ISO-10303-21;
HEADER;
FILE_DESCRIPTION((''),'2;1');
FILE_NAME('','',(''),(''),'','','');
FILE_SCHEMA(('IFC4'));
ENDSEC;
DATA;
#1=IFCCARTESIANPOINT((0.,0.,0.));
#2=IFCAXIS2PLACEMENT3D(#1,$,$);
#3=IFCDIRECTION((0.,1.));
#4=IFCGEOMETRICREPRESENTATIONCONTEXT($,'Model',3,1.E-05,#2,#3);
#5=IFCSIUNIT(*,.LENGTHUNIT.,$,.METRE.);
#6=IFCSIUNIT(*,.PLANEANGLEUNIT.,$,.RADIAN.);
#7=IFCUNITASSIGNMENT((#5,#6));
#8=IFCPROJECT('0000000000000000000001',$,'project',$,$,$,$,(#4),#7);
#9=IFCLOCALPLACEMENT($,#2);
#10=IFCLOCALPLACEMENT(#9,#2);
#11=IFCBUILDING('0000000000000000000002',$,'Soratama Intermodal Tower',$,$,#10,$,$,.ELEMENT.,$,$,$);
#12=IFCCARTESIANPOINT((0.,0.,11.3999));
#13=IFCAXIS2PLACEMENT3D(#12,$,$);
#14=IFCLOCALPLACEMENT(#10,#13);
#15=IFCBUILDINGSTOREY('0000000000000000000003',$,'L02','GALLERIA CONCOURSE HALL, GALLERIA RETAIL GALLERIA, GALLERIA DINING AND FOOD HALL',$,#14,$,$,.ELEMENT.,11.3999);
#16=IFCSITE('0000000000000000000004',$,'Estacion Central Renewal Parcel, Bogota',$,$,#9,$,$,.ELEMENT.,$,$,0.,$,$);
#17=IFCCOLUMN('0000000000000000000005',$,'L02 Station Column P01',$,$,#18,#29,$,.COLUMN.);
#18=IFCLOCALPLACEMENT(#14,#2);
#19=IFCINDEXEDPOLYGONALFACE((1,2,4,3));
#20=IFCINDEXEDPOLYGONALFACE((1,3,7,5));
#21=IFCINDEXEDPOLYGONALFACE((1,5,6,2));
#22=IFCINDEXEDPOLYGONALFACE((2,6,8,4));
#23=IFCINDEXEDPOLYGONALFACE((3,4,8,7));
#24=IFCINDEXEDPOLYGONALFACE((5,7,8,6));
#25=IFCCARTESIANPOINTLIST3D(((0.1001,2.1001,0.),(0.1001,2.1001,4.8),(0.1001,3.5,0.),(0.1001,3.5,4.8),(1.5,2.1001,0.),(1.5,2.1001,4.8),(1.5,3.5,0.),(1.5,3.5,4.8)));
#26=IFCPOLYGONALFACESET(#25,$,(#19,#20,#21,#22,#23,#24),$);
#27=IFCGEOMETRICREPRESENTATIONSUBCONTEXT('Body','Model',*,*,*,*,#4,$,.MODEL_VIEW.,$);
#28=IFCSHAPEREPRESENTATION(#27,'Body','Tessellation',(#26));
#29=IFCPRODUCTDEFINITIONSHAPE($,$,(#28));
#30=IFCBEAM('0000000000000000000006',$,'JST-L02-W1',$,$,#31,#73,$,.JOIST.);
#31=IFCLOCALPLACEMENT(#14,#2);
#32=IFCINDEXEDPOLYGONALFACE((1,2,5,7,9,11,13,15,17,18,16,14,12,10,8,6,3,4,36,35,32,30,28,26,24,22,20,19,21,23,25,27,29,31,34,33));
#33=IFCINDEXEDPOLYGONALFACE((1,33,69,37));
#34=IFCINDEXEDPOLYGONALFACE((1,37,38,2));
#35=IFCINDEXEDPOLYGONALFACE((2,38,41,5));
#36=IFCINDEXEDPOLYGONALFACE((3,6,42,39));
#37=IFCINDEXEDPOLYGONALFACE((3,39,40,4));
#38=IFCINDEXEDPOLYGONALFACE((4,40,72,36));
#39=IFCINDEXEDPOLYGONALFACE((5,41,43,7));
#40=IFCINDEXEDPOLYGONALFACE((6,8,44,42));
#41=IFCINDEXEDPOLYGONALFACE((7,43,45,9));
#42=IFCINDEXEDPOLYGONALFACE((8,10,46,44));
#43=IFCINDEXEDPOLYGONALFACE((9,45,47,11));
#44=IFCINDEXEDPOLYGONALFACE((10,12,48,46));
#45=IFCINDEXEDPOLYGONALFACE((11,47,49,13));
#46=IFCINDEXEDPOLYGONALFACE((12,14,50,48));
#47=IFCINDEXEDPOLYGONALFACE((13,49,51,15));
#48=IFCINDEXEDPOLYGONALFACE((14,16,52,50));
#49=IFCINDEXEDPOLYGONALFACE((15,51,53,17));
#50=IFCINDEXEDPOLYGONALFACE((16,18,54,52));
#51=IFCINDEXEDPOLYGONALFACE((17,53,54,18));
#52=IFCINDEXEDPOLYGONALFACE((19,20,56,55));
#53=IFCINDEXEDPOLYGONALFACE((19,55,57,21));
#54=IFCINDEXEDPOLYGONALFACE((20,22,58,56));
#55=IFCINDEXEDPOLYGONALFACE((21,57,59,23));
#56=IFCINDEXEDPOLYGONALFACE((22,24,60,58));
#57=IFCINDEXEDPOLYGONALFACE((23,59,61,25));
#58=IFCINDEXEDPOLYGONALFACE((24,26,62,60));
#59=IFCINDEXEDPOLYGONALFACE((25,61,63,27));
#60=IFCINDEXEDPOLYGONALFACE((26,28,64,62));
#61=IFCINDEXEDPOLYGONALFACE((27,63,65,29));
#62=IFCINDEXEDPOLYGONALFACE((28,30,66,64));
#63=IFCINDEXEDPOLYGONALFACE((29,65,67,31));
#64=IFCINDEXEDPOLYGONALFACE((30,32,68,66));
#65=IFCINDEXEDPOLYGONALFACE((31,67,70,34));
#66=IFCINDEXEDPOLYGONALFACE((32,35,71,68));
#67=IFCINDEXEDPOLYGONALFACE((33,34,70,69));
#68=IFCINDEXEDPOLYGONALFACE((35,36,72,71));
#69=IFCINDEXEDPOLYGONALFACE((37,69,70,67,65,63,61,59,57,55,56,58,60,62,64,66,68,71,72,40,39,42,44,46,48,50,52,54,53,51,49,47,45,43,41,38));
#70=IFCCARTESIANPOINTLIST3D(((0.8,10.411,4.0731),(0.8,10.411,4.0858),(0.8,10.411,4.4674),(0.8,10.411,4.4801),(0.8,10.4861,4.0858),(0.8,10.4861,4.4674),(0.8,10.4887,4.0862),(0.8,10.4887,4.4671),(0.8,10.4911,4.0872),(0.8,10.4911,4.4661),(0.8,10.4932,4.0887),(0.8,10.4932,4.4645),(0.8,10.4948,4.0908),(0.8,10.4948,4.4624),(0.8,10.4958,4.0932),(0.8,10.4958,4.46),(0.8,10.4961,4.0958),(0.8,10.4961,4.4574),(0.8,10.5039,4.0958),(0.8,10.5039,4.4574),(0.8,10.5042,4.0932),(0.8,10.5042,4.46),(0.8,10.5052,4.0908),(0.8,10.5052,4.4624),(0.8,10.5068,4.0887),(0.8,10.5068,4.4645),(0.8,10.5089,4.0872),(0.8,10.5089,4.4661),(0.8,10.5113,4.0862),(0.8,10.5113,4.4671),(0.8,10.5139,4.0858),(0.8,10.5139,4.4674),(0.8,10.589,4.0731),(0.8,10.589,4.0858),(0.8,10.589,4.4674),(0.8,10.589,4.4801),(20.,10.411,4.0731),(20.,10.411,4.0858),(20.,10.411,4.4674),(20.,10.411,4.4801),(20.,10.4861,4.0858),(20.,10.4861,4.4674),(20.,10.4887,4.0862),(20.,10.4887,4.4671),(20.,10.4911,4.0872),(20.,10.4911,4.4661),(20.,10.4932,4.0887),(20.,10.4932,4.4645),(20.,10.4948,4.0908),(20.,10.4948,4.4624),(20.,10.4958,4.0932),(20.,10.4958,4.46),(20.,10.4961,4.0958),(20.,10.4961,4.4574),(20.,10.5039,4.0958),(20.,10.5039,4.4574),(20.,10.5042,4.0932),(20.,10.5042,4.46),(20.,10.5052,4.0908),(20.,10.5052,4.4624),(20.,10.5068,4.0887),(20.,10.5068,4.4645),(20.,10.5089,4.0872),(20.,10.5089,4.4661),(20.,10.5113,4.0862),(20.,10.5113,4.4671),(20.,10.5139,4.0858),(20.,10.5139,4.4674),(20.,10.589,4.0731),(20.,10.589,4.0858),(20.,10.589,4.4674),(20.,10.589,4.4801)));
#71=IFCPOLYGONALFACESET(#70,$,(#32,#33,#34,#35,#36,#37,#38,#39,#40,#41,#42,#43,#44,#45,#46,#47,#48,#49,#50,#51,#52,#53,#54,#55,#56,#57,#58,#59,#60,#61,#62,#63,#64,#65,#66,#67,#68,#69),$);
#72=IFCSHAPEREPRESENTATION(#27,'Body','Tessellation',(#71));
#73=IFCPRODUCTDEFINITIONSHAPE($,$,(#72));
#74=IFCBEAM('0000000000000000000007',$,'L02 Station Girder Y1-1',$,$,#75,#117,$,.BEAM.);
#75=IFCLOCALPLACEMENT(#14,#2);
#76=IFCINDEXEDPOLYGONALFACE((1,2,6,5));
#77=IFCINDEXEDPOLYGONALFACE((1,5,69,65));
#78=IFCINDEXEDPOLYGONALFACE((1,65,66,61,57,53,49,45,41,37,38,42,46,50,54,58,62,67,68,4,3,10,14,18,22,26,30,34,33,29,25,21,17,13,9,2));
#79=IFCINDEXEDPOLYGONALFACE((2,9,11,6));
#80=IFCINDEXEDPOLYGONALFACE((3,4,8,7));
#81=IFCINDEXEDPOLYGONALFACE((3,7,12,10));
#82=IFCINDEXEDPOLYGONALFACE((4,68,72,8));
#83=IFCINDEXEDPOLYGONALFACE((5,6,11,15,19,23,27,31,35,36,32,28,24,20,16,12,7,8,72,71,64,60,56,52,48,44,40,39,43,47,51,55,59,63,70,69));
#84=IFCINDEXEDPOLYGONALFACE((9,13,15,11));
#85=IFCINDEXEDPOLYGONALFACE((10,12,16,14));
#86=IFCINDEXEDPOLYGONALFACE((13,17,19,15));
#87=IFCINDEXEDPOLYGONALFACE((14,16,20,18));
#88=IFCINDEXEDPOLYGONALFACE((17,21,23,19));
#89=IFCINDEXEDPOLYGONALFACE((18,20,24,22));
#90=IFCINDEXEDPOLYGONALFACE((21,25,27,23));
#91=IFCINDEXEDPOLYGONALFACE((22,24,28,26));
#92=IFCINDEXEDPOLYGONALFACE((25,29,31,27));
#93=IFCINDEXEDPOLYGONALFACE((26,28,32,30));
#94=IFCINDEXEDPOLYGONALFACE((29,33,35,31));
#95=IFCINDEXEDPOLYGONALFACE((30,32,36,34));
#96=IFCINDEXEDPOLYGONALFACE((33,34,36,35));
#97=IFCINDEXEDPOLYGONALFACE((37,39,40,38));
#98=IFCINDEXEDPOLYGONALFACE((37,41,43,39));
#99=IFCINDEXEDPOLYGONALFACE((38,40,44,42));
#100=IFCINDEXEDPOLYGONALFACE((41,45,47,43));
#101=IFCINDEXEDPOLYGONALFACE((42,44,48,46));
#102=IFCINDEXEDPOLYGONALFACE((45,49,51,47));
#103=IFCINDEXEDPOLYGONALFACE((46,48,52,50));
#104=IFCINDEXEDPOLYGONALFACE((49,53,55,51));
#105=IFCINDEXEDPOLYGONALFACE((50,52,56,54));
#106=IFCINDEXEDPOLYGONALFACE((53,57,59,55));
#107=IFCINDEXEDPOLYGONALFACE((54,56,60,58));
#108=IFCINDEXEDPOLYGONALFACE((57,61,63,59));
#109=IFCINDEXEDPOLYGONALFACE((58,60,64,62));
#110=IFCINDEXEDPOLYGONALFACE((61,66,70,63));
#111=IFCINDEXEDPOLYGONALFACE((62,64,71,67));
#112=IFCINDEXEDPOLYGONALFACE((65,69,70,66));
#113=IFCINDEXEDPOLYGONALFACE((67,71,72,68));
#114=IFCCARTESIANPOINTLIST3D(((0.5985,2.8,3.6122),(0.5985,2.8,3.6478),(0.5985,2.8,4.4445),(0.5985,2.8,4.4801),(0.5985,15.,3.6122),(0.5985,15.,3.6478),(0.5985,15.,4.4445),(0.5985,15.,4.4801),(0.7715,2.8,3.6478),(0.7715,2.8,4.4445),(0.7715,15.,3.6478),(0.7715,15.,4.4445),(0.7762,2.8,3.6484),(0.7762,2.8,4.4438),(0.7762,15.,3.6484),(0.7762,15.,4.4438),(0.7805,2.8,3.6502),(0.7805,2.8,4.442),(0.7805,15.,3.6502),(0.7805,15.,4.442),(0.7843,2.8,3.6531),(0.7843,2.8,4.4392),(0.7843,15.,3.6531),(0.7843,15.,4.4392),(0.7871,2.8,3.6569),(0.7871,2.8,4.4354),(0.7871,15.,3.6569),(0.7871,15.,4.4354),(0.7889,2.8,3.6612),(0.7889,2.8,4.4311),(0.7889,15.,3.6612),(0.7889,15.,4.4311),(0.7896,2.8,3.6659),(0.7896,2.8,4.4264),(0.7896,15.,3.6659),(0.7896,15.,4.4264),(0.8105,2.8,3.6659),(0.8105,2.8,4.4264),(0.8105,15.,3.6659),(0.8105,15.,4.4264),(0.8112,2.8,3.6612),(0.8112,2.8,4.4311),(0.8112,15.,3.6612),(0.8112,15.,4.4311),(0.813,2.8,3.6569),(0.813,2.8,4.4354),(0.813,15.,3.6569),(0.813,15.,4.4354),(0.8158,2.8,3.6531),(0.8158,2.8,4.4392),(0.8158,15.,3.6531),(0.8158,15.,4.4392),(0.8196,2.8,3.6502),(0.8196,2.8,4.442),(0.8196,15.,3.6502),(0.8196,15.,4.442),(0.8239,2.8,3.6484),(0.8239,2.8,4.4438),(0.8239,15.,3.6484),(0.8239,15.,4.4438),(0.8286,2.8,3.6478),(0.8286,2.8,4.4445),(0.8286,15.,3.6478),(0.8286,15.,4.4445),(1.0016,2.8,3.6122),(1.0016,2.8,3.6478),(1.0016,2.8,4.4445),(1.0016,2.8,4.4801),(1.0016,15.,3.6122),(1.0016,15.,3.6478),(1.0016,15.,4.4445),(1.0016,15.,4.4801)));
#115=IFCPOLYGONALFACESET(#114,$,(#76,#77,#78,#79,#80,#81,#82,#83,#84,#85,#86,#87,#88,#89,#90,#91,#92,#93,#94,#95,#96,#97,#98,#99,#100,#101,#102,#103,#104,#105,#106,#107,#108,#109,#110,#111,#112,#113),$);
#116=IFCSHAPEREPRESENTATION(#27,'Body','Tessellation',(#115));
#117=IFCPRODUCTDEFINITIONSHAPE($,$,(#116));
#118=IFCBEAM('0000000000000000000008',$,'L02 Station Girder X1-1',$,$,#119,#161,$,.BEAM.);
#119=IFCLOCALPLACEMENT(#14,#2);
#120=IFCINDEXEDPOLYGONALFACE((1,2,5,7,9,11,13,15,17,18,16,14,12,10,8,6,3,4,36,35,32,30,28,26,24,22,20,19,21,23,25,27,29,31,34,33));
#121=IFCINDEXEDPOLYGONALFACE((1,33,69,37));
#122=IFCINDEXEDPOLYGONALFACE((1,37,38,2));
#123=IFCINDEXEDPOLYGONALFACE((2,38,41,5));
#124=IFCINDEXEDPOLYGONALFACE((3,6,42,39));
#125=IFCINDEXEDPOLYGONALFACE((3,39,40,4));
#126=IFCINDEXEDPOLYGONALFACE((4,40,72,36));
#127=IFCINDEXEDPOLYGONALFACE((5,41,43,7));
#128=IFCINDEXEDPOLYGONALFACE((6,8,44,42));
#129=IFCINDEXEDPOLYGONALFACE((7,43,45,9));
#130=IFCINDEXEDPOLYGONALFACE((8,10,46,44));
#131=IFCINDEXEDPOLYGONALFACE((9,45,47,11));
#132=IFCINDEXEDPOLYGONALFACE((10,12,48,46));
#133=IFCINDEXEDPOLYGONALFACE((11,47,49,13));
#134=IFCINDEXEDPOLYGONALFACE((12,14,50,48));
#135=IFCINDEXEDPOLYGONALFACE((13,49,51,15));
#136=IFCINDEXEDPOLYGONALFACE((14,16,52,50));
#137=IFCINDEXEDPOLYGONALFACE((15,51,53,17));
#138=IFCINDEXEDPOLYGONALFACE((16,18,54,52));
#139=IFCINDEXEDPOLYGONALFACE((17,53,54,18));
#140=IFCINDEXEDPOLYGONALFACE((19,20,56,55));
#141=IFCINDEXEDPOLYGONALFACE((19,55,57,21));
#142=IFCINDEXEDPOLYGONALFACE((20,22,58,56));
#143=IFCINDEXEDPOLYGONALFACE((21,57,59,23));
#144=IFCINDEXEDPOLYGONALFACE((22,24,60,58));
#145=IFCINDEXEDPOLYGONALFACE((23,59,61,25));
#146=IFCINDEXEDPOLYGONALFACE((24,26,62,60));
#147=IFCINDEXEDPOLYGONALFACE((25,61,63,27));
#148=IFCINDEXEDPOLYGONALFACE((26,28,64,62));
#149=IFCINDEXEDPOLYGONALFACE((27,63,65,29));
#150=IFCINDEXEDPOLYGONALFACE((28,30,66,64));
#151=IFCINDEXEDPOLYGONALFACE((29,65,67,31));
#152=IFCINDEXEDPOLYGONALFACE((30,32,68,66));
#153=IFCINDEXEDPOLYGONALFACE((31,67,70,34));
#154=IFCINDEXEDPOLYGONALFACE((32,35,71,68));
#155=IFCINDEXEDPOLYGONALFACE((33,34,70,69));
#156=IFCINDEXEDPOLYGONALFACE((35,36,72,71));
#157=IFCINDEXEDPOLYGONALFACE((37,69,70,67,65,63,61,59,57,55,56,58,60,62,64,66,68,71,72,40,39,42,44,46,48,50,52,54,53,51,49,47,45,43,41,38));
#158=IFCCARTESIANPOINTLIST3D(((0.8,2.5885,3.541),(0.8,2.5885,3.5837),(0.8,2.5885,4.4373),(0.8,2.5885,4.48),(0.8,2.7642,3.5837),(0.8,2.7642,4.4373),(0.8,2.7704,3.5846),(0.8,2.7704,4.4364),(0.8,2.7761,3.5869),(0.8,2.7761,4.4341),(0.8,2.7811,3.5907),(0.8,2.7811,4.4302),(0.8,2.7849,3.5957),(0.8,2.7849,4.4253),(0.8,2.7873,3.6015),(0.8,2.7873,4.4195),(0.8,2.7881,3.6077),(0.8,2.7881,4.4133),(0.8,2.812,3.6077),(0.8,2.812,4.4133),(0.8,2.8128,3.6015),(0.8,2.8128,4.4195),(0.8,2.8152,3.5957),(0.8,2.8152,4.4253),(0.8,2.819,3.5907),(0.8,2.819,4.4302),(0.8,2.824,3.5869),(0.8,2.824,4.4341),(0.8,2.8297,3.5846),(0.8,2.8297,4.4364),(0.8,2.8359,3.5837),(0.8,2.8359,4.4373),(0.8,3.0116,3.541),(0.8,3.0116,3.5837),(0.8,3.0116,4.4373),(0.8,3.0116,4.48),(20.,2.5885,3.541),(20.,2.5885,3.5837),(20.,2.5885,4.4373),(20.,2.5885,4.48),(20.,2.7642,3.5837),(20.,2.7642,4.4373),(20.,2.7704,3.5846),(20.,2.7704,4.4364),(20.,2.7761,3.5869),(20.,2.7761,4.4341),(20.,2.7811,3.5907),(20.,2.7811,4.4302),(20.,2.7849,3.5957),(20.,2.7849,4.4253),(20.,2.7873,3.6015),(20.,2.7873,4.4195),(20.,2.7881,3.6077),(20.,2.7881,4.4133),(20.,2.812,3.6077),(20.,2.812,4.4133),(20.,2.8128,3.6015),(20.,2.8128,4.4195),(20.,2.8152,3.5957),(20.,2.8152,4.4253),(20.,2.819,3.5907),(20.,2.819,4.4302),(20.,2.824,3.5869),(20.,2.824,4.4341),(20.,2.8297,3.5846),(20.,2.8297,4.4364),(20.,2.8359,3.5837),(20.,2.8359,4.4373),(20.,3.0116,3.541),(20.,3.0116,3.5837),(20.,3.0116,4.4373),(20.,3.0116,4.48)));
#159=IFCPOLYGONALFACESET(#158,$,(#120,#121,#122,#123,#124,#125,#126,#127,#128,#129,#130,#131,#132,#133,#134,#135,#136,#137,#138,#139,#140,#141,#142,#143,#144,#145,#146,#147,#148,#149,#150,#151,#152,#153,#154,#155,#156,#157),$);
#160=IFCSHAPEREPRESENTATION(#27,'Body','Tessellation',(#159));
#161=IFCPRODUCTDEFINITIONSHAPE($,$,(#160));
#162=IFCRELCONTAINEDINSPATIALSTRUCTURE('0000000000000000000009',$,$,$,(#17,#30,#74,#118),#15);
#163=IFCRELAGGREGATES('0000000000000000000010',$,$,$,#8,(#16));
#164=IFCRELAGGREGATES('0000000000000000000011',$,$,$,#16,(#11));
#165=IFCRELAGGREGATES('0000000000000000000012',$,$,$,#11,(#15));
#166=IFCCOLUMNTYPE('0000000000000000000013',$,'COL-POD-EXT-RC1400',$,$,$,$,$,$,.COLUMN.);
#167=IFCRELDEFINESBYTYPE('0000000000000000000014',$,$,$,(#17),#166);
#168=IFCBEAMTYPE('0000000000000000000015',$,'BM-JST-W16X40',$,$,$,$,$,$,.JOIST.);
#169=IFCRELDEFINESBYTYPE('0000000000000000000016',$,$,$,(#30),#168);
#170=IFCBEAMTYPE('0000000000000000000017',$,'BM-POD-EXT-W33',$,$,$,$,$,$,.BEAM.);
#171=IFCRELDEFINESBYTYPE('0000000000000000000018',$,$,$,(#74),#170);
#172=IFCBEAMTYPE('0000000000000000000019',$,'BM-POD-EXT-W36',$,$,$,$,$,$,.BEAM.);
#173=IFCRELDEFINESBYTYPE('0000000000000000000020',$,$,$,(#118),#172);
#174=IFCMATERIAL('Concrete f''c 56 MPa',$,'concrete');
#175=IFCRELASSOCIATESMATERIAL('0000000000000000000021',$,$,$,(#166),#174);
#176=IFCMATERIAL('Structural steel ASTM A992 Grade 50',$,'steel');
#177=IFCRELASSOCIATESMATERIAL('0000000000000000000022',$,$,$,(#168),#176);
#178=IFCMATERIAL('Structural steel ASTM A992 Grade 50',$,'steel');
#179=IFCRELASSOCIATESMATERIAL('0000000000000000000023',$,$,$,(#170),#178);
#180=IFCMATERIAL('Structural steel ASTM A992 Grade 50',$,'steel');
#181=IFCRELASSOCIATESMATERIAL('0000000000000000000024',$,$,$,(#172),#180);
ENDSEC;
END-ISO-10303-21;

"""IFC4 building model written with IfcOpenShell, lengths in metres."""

from ifc_helpers import new_model, si_unit, direction, frame, origin, origin_2d, place, context, subcontext, project, spatial, rectangle, i_section, extrude, material, material_profile, profile_set, type_object, element, save


model = new_model("IFC4")

# Units and contexts
model_context = context("Model", 3, precision=1e-05, world=origin(), true_north=direction((0.0, 1.0)))
body_context = subcontext(model_context, "Body", "Model", "MODEL_VIEW")
ifc_project = project(units=[si_unit("LENGTHUNIT", "METRE"), si_unit("PLANEANGLEUNIT", "RADIAN")], contexts=[model_context])

# Site, building, storey
site_placement = place(None, origin())
site = spatial("IfcSite", under=ifc_project, at=site_placement, Name="Estacion Central Renewal Parcel, Bogota", CompositionType="ELEMENT", RefElevation=0.0)
building_placement = place(site_placement, origin())
building = spatial("IfcBuilding", under=site, at=building_placement, Name="Soratama Intermodal Tower", CompositionType="ELEMENT")
storey_placement = place(building_placement, frame((0.0, 0.0, 11.3999)))
storey = spatial("IfcBuildingStorey", under=building, at=storey_placement, Name="L02", Description="GALLERIA CONCOURSE HALL, GALLERIA RETAIL GALLERIA, GALLERIA DINING AND FOOD HALL", CompositionType="ELEMENT", Elevation=11.3999)

# Column
ifc_material_1 = material(Name="Concrete f'c 56 MPa", Category="concrete")
ifc_material_profile_1 = material_profile(ifc_material_1, rectangle(XDim=1.3999, YDim=1.3999, at=origin_2d()), Name="RC1400X1400")
ifc_profile_set_1 = profile_set([ifc_material_profile_1], Name="Concrete f'c 56 MPa")
column_type = type_object("IfcColumnType", Name="COL-POD-EXT-RC1400", PredefinedType="COLUMN", material=ifc_profile_set_1)
column_placement = place(storey_placement, frame((0.8, 2.8, 0.0), z_axis=(0.0, 0.0, 1.0), x_axis=(1.0, 0.0, 0.0)))
element("IfcColumn", 1, at=column_placement, inside=storey, type_object=column_type, Name="L02 Station Column P01", PredefinedType="COLUMN", context=body_context, shape_type="SweptSolid", body=[
    extrude(rectangle(XDim=1.3999, YDim=1.3999, at=origin_2d()), origin(), (0.0, 0.0, 1.0), 4.8),
])

# Beams
ifc_material_2 = material(Name="Structural steel ASTM A992 Grade 50", Category="steel")
ifc_material_profile_2 = material_profile(ifc_material_2, i_section(OverallWidth=0.178, OverallDepth=0.407, WebThickness=0.0078, FlangeThickness=0.0127, FilletRadius=0.01, at=origin_2d()), Name="W16X40")
ifc_profile_set_2 = profile_set([ifc_material_profile_2], Name="Structural steel ASTM A992 Grade 50")
beam_type_1 = type_object("IfcBeamType", Name="BM-JST-W16X40", PredefinedType="JOIST", material=ifc_profile_set_2)
beam_1_placement = place(storey_placement, frame((0.8, 10.5, 4.2766), z_axis=(1.0, 0.0, 0.0), x_axis=(0.0, 1.0, 0.0)))
element("IfcBeam", 2, at=beam_1_placement, inside=storey, type_object=beam_type_1, Name="JST-L02-W1", PredefinedType="JOIST", context=body_context, shape_type="SweptSolid", body=[
    extrude(i_section(OverallWidth=0.178, OverallDepth=0.407, WebThickness=0.0078, FlangeThickness=0.0127, FilletRadius=0.01, at=origin_2d()), origin(), (0.0, 0.0, 1.0), 19.2),
])
ifc_material_3 = material(Name="Structural steel ASTM A992 Grade 50", Category="steel")
ifc_material_profile_3 = material_profile(ifc_material_3, i_section(OverallWidth=0.4031, OverallDepth=0.8679, WebThickness=0.021, FlangeThickness=0.0356, FilletRadius=0.0181, at=origin_2d()), Name="W33X241")
ifc_profile_set_3 = profile_set([ifc_material_profile_3], Name="Structural steel ASTM A992 Grade 50")
beam_type_2 = type_object("IfcBeamType", Name="BM-POD-EXT-W33", PredefinedType="BEAM", material=ifc_profile_set_3)
beam_2_placement = place(storey_placement, frame((0.8, 2.8, 4.0461), z_axis=(0.0, 1.0, 0.0), x_axis=(-1.0, 0.0, 0.0)))
element("IfcBeam", 3, at=beam_2_placement, inside=storey, type_object=beam_type_2, Name="L02 Station Girder Y1-1", PredefinedType="BEAM", context=body_context, shape_type="SweptSolid", body=[
    extrude(i_section(OverallWidth=0.4031, OverallDepth=0.8679, WebThickness=0.021, FlangeThickness=0.0356, FilletRadius=0.0181, at=origin_2d()), origin(), (0.0, 0.0, 1.0), 12.2),
])
ifc_material_4 = material(Name="Structural steel ASTM A992 Grade 50", Category="steel")
ifc_material_profile_4 = material_profile(ifc_material_4, i_section(OverallWidth=0.4231, OverallDepth=0.939, WebThickness=0.0239, FlangeThickness=0.0427, FilletRadius=0.0239, at=origin_2d()), Name="W36X302")
ifc_profile_set_4 = profile_set([ifc_material_profile_4], Name="Structural steel ASTM A992 Grade 50")
beam_type_3 = type_object("IfcBeamType", Name="BM-POD-EXT-W36", PredefinedType="BEAM", material=ifc_profile_set_4)
beam_3_placement = place(storey_placement, frame((0.8, 2.8, 4.0105), z_axis=(1.0, 0.0, 0.0), x_axis=(0.0, 1.0, 0.0)))
element("IfcBeam", 4, at=beam_3_placement, inside=storey, type_object=beam_type_3, Name="L02 Station Girder X1-1", PredefinedType="BEAM", context=body_context, shape_type="SweptSolid", body=[
    extrude(i_section(OverallWidth=0.4231, OverallDepth=0.939, WebThickness=0.0239, FlangeThickness=0.0427, FilletRadius=0.0239, at=origin_2d()), origin(), (0.0, 0.0, 1.0), 19.2),
])

save(model, "model.ifc")
